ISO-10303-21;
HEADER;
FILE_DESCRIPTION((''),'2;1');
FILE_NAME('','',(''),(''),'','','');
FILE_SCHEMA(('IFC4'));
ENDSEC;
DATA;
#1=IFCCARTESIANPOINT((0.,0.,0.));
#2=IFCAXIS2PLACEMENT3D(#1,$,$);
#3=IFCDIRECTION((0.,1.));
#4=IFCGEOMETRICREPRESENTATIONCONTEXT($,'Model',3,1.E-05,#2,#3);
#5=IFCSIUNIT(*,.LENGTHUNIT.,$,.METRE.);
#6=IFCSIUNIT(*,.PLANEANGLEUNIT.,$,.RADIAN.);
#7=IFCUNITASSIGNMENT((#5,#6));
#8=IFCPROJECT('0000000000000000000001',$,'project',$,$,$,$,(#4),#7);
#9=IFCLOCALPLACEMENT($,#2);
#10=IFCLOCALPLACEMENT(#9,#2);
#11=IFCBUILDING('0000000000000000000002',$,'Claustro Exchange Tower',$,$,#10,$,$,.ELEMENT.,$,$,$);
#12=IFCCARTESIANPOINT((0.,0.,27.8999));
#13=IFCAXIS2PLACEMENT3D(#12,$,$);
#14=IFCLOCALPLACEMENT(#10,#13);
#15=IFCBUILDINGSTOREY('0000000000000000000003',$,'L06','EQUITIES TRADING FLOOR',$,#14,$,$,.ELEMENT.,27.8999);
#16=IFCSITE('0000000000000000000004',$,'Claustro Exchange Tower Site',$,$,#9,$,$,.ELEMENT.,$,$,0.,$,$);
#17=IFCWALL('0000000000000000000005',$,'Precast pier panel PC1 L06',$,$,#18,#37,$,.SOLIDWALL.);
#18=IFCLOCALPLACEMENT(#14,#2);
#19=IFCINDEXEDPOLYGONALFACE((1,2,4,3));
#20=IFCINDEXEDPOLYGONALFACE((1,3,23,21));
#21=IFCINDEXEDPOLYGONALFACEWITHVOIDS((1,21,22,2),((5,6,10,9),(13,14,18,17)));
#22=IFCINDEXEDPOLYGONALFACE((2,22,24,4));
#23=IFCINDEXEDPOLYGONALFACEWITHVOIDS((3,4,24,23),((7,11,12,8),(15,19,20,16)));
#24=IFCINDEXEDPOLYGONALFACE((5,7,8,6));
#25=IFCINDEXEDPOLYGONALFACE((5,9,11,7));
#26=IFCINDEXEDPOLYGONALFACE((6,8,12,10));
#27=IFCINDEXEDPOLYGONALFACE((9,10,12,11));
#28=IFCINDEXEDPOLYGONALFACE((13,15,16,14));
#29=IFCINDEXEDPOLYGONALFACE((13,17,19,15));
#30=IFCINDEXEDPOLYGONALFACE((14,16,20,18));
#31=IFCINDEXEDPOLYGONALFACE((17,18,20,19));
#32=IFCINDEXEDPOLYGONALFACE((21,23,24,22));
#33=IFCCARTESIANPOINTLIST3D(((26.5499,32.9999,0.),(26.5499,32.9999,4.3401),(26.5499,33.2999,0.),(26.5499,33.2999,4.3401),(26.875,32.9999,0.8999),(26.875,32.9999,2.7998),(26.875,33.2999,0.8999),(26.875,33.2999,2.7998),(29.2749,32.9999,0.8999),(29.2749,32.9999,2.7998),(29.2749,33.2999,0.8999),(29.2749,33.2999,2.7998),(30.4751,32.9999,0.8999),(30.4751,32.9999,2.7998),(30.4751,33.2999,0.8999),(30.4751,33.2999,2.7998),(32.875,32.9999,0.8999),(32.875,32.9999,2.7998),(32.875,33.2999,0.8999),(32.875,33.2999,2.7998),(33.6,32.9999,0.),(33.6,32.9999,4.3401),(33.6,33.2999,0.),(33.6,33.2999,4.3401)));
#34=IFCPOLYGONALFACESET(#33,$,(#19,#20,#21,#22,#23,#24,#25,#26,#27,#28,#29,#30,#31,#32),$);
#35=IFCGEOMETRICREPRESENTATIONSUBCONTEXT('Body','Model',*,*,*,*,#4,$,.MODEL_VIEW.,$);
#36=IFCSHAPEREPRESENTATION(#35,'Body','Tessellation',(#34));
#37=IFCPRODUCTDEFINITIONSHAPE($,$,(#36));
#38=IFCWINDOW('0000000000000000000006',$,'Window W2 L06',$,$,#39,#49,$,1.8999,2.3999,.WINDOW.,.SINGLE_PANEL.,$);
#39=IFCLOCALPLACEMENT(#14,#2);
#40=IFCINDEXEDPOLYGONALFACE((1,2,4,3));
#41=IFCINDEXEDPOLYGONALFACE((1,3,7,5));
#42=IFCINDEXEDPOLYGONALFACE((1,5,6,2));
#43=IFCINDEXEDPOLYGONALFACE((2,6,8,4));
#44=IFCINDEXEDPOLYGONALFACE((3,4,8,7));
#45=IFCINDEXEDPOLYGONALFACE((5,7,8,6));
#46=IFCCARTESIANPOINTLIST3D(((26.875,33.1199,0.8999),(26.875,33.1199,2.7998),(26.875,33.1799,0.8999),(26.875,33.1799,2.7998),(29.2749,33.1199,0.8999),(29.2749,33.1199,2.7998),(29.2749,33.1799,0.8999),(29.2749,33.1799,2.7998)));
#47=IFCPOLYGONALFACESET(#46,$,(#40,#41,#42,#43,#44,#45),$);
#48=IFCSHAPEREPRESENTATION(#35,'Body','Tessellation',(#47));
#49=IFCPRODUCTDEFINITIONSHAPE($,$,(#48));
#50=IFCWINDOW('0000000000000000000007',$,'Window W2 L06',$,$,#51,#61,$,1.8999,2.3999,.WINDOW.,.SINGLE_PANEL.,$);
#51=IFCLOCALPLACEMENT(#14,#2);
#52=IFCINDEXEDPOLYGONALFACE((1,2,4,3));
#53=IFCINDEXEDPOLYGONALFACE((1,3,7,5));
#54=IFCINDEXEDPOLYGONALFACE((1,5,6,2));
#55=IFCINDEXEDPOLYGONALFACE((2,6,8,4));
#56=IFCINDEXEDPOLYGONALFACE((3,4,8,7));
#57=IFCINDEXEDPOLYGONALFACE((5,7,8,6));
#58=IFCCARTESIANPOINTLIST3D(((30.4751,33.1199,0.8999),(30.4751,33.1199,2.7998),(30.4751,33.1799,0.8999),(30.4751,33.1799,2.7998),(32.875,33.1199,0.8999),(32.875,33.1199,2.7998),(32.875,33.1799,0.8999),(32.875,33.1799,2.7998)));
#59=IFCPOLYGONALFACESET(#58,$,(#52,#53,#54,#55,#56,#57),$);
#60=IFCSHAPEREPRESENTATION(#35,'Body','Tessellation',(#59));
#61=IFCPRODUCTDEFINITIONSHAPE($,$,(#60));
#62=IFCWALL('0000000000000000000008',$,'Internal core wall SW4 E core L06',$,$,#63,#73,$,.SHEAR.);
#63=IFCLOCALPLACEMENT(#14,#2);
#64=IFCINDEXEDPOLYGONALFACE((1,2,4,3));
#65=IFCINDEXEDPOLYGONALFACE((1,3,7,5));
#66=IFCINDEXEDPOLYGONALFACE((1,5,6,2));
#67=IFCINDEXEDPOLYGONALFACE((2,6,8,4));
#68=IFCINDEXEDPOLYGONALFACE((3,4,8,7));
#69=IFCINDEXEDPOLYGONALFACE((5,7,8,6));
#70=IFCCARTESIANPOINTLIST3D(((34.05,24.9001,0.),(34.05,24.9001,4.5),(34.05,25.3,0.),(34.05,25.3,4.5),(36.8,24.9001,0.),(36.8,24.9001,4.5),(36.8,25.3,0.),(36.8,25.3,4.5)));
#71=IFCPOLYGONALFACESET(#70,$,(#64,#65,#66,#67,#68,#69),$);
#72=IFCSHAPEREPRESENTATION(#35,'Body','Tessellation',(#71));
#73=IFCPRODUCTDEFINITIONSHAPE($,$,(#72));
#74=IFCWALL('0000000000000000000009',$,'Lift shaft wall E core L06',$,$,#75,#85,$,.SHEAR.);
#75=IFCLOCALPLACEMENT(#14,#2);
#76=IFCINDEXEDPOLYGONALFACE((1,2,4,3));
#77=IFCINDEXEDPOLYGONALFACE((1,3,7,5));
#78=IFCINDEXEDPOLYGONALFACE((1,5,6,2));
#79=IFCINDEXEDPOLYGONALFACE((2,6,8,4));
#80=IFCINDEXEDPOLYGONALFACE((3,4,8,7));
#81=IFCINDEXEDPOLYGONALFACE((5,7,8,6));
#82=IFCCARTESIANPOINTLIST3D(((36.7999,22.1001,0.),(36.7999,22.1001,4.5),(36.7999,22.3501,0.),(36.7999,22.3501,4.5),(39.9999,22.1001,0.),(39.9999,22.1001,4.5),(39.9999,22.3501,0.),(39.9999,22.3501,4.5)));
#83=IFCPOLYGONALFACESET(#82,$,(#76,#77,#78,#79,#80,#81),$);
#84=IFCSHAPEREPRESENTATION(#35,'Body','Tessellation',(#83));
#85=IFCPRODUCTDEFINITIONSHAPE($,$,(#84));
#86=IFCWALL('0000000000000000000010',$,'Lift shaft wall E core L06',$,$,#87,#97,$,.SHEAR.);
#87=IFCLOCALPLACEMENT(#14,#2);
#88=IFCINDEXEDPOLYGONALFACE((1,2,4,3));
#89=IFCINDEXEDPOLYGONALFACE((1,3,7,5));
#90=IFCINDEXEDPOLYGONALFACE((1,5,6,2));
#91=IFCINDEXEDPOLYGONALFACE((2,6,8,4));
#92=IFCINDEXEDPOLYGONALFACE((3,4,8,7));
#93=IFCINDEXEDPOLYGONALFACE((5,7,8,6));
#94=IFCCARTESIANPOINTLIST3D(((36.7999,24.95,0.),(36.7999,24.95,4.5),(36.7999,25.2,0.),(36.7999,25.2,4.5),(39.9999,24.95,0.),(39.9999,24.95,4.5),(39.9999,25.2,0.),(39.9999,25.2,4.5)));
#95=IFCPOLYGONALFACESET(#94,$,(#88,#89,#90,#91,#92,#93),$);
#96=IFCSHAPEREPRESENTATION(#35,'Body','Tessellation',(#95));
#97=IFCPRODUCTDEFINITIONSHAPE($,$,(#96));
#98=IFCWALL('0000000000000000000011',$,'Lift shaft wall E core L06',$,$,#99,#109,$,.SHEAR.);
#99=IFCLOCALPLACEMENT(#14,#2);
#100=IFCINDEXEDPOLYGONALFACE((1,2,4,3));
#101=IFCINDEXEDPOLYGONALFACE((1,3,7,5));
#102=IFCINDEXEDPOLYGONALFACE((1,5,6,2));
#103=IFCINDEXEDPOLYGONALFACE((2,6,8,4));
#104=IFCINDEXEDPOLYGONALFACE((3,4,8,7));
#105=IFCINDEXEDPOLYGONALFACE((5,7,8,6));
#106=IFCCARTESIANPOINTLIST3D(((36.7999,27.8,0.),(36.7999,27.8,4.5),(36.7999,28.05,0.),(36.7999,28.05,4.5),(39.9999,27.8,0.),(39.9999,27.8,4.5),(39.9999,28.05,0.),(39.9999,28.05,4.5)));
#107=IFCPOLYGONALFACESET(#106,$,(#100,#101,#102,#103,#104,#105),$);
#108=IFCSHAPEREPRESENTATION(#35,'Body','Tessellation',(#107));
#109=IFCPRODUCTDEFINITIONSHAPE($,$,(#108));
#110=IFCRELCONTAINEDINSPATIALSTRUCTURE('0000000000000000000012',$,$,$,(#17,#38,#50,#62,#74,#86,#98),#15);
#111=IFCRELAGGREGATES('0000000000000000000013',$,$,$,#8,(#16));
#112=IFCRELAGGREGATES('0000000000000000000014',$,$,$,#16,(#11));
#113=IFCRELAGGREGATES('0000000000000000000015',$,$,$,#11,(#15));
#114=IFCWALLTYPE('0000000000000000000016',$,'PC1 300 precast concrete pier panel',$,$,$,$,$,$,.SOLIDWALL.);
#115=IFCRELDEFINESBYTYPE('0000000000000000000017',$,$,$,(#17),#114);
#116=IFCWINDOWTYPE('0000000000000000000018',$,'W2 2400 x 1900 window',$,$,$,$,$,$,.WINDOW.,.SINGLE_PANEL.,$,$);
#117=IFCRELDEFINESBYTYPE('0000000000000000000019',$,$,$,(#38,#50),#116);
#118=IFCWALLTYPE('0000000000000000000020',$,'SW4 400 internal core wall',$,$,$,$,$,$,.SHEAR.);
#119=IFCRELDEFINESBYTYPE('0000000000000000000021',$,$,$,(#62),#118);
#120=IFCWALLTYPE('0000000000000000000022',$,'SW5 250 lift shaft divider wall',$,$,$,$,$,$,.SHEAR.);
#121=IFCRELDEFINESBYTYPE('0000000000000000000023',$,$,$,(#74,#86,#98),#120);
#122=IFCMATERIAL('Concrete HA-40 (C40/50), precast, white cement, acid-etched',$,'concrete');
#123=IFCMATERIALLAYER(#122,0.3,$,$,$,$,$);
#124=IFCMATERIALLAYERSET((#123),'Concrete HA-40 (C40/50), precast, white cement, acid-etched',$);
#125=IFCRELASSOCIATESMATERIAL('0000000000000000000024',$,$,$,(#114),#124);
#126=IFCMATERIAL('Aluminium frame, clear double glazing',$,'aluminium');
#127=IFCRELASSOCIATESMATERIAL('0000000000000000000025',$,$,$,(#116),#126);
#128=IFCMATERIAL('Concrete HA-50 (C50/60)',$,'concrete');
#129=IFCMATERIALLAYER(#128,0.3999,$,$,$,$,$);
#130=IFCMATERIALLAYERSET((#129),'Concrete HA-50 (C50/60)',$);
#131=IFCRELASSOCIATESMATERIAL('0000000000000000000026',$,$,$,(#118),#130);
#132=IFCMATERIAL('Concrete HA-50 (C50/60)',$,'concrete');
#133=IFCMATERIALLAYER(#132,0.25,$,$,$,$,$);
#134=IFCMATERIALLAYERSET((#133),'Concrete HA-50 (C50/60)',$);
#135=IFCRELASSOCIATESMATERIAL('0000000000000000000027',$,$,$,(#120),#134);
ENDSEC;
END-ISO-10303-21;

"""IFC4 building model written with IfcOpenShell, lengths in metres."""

from ifc_helpers import new_model, si_unit, direction, frame, frame_2d, origin, place, context, subcontext, project, spatial, rectangle, extrude, material, layer, layer_set, type_object, element, fill, save


model = new_model("IFC4")

# Units and contexts
model_context = context("Model", 3, precision=1e-05, world=origin(), true_north=direction((0.0, 1.0)))
body_context = subcontext(model_context, "Body", "Model", "MODEL_VIEW")
ifc_project = project(units=[si_unit("LENGTHUNIT", "METRE"), si_unit("PLANEANGLEUNIT", "RADIAN")], contexts=[model_context])

# Site, building, storey
site_placement = place(None, origin())
site = spatial("IfcSite", under=ifc_project, at=site_placement, Name="Claustro Exchange Tower Site", CompositionType="ELEMENT", RefElevation=0.0)
building_placement = place(site_placement, origin())
building = spatial("IfcBuilding", under=site, at=building_placement, Name="Claustro Exchange Tower", CompositionType="ELEMENT")
storey_placement = place(building_placement, frame((0.0, 0.0, 27.8999)))
storey = spatial("IfcBuildingStorey", under=building, at=storey_placement, Name="L06", Description="EQUITIES TRADING FLOOR", CompositionType="ELEMENT", Elevation=27.8999)

# Wall, openings, windows
ifc_material_1 = material(Name="Concrete HA-40 (C40/50), precast, white cement, acid-etched", Category="concrete")
ifc_layer_1 = layer(ifc_material_1, 0.3)
ifc_layer_set_1 = layer_set([ifc_layer_1], Name="Concrete HA-40 (C40/50), precast, white cement, acid-etched")
wall_type_1 = type_object("IfcWallType", Name="PC1 300 precast concrete pier panel", PredefinedType="SOLIDWALL", material=ifc_layer_set_1)
ifc_material_2 = material(Name="Aluminium frame, clear double glazing", Category="aluminium")
window_type = type_object("IfcWindowType", Name="W2 2400 x 1900 window", PartitioningType="SINGLE_PANEL", PredefinedType="WINDOW", material=ifc_material_2)
wall_1_placement = place(storey_placement, frame((26.55, 33.1499, 0.0), z_axis=(0.0, 0.0, 1.0), x_axis=(1.0, 0.0, 0.0)))
wall_1 = element("IfcWall", 1, at=wall_1_placement, inside=storey, type_object=wall_type_1, Name="Precast pier panel PC1 L06", PredefinedType="SOLIDWALL", context=body_context, shape_type="SweptSolid", body=[
    extrude(rectangle(XDim=7.05, YDim=0.3, at=frame_2d((3.5249, 0.0))), origin(), (0.0, 0.0, 1.0), 4.3401),
])
opening_1_placement = place(wall_1_placement, frame((0.325, 0.0, 0.8999)))
opening_1 = element("IfcOpeningElement", 2, at=opening_1_placement, cuts=wall_1, PredefinedType="OPENING", context=body_context, shape_type="SweptSolid", body=[
    extrude(rectangle(XDim=2.3999, YDim=1.8999, at=frame_2d((1.2, 0.95))), frame((0.0, 0.1599, 0.0), z_axis=(0.0, -1.0, 0.0), x_axis=(1.0, 0.0, 0.0)), (0.0, 0.0, 1.0), 0.3201),
])
opening_2_placement = place(wall_1_placement, frame((3.925, 0.0, 0.8999)))
opening_2 = element("IfcOpeningElement", 3, at=opening_2_placement, cuts=wall_1, PredefinedType="OPENING", context=body_context, shape_type="SweptSolid", body=[
    extrude(rectangle(XDim=2.3999, YDim=1.8999, at=frame_2d((1.2, 0.95))), frame((0.0, 0.1599, 0.0), z_axis=(0.0, -1.0, 0.0), x_axis=(1.0, 0.0, 0.0)), (0.0, 0.0, 1.0), 0.3201),
])
window_1_placement = place(opening_1_placement, origin())
window_1 = element("IfcWindow", 4, at=window_1_placement, inside=storey, type_object=window_type, Name="Window W2 L06", OverallHeight=1.8999, OverallWidth=2.3999, PartitioningType="SINGLE_PANEL", PredefinedType="WINDOW", context=body_context, shape_type="SweptSolid", body=[
    extrude(rectangle(XDim=2.3999, YDim=1.8999, at=frame_2d((1.2, 0.95))), frame((0.0, 0.03, 0.0), z_axis=(0.0, -1.0, 0.0), x_axis=(1.0, 0.0, 0.0)), (0.0, 0.0, 1.0), 0.0601),
])
fill(opening_1, window_1)
window_2_placement = place(opening_2_placement, origin())
window_2 = element("IfcWindow", 5, at=window_2_placement, inside=storey, type_object=window_type, Name="Window W2 L06", OverallHeight=1.8999, OverallWidth=2.3999, PartitioningType="SINGLE_PANEL", PredefinedType="WINDOW", context=body_context, shape_type="SweptSolid", body=[
    extrude(rectangle(XDim=2.3999, YDim=1.8999, at=frame_2d((1.2, 0.95))), frame((0.0, 0.03, 0.0), z_axis=(0.0, -1.0, 0.0), x_axis=(1.0, 0.0, 0.0)), (0.0, 0.0, 1.0), 0.0601),
])
fill(opening_2, window_2)

# Walls
ifc_material_3 = material(Name="Concrete HA-50 (C50/60)", Category="concrete")
ifc_layer_2 = layer(ifc_material_3, 0.3999)
ifc_layer_set_2 = layer_set([ifc_layer_2], Name="Concrete HA-50 (C50/60)")
wall_type_2 = type_object("IfcWallType", Name="SW4 400 internal core wall", PredefinedType="SHEAR", material=ifc_layer_set_2)
wall_2_placement = place(storey_placement, frame((36.8, 25.1001, 0.0), z_axis=(0.0, 0.0, 1.0), x_axis=(-1.0, 0.0, 0.0)))
element("IfcWall", 6, at=wall_2_placement, inside=storey, type_object=wall_type_2, Name="Internal core wall SW4 E core L06", PredefinedType="SHEAR", context=body_context, shape_type="SweptSolid", body=[
    extrude(rectangle(XDim=2.75, YDim=0.3999, at=frame_2d((1.375, 0.0))), origin(), (0.0, 0.0, 1.0), 4.5),
])
ifc_material_4 = material(Name="Concrete HA-50 (C50/60)", Category="concrete")
ifc_layer_3 = layer(ifc_material_4, 0.25)
ifc_layer_set_3 = layer_set([ifc_layer_3], Name="Concrete HA-50 (C50/60)")
wall_type_3 = type_object("IfcWallType", Name="SW5 250 lift shaft divider wall", PredefinedType="SHEAR", material=ifc_layer_set_3)
for number, where, z_axis, x_axis, name in (
    (7, (40.0, 22.2251, 0.0), (0.0, 0.0, 1.0), (-1.0, 0.0, 0.0), "Lift shaft wall E core L06"),
    (8, (40.0, 25.075, 0.0), (0.0, 0.0, 1.0), (-1.0, 0.0, 0.0), "Lift shaft wall E core L06"),
    (9, (40.0, 27.925, 0.0), (0.0, 0.0, 1.0), (-1.0, 0.0, 0.0), "Lift shaft wall E core L06"),
):
    element("IfcWall", number, at=place(storey_placement, frame(where, z_axis=z_axis, x_axis=x_axis)), inside=storey, type_object=wall_type_3, Name=name, PredefinedType="SHEAR", context=body_context, shape_type="SweptSolid", body=[
        extrude(rectangle(XDim=3.2, YDim=0.25, at=frame_2d((1.6001, 0.0))), origin(), (0.0, 0.0, 1.0), 4.5),
    ])

save(model, "model.ifc")
